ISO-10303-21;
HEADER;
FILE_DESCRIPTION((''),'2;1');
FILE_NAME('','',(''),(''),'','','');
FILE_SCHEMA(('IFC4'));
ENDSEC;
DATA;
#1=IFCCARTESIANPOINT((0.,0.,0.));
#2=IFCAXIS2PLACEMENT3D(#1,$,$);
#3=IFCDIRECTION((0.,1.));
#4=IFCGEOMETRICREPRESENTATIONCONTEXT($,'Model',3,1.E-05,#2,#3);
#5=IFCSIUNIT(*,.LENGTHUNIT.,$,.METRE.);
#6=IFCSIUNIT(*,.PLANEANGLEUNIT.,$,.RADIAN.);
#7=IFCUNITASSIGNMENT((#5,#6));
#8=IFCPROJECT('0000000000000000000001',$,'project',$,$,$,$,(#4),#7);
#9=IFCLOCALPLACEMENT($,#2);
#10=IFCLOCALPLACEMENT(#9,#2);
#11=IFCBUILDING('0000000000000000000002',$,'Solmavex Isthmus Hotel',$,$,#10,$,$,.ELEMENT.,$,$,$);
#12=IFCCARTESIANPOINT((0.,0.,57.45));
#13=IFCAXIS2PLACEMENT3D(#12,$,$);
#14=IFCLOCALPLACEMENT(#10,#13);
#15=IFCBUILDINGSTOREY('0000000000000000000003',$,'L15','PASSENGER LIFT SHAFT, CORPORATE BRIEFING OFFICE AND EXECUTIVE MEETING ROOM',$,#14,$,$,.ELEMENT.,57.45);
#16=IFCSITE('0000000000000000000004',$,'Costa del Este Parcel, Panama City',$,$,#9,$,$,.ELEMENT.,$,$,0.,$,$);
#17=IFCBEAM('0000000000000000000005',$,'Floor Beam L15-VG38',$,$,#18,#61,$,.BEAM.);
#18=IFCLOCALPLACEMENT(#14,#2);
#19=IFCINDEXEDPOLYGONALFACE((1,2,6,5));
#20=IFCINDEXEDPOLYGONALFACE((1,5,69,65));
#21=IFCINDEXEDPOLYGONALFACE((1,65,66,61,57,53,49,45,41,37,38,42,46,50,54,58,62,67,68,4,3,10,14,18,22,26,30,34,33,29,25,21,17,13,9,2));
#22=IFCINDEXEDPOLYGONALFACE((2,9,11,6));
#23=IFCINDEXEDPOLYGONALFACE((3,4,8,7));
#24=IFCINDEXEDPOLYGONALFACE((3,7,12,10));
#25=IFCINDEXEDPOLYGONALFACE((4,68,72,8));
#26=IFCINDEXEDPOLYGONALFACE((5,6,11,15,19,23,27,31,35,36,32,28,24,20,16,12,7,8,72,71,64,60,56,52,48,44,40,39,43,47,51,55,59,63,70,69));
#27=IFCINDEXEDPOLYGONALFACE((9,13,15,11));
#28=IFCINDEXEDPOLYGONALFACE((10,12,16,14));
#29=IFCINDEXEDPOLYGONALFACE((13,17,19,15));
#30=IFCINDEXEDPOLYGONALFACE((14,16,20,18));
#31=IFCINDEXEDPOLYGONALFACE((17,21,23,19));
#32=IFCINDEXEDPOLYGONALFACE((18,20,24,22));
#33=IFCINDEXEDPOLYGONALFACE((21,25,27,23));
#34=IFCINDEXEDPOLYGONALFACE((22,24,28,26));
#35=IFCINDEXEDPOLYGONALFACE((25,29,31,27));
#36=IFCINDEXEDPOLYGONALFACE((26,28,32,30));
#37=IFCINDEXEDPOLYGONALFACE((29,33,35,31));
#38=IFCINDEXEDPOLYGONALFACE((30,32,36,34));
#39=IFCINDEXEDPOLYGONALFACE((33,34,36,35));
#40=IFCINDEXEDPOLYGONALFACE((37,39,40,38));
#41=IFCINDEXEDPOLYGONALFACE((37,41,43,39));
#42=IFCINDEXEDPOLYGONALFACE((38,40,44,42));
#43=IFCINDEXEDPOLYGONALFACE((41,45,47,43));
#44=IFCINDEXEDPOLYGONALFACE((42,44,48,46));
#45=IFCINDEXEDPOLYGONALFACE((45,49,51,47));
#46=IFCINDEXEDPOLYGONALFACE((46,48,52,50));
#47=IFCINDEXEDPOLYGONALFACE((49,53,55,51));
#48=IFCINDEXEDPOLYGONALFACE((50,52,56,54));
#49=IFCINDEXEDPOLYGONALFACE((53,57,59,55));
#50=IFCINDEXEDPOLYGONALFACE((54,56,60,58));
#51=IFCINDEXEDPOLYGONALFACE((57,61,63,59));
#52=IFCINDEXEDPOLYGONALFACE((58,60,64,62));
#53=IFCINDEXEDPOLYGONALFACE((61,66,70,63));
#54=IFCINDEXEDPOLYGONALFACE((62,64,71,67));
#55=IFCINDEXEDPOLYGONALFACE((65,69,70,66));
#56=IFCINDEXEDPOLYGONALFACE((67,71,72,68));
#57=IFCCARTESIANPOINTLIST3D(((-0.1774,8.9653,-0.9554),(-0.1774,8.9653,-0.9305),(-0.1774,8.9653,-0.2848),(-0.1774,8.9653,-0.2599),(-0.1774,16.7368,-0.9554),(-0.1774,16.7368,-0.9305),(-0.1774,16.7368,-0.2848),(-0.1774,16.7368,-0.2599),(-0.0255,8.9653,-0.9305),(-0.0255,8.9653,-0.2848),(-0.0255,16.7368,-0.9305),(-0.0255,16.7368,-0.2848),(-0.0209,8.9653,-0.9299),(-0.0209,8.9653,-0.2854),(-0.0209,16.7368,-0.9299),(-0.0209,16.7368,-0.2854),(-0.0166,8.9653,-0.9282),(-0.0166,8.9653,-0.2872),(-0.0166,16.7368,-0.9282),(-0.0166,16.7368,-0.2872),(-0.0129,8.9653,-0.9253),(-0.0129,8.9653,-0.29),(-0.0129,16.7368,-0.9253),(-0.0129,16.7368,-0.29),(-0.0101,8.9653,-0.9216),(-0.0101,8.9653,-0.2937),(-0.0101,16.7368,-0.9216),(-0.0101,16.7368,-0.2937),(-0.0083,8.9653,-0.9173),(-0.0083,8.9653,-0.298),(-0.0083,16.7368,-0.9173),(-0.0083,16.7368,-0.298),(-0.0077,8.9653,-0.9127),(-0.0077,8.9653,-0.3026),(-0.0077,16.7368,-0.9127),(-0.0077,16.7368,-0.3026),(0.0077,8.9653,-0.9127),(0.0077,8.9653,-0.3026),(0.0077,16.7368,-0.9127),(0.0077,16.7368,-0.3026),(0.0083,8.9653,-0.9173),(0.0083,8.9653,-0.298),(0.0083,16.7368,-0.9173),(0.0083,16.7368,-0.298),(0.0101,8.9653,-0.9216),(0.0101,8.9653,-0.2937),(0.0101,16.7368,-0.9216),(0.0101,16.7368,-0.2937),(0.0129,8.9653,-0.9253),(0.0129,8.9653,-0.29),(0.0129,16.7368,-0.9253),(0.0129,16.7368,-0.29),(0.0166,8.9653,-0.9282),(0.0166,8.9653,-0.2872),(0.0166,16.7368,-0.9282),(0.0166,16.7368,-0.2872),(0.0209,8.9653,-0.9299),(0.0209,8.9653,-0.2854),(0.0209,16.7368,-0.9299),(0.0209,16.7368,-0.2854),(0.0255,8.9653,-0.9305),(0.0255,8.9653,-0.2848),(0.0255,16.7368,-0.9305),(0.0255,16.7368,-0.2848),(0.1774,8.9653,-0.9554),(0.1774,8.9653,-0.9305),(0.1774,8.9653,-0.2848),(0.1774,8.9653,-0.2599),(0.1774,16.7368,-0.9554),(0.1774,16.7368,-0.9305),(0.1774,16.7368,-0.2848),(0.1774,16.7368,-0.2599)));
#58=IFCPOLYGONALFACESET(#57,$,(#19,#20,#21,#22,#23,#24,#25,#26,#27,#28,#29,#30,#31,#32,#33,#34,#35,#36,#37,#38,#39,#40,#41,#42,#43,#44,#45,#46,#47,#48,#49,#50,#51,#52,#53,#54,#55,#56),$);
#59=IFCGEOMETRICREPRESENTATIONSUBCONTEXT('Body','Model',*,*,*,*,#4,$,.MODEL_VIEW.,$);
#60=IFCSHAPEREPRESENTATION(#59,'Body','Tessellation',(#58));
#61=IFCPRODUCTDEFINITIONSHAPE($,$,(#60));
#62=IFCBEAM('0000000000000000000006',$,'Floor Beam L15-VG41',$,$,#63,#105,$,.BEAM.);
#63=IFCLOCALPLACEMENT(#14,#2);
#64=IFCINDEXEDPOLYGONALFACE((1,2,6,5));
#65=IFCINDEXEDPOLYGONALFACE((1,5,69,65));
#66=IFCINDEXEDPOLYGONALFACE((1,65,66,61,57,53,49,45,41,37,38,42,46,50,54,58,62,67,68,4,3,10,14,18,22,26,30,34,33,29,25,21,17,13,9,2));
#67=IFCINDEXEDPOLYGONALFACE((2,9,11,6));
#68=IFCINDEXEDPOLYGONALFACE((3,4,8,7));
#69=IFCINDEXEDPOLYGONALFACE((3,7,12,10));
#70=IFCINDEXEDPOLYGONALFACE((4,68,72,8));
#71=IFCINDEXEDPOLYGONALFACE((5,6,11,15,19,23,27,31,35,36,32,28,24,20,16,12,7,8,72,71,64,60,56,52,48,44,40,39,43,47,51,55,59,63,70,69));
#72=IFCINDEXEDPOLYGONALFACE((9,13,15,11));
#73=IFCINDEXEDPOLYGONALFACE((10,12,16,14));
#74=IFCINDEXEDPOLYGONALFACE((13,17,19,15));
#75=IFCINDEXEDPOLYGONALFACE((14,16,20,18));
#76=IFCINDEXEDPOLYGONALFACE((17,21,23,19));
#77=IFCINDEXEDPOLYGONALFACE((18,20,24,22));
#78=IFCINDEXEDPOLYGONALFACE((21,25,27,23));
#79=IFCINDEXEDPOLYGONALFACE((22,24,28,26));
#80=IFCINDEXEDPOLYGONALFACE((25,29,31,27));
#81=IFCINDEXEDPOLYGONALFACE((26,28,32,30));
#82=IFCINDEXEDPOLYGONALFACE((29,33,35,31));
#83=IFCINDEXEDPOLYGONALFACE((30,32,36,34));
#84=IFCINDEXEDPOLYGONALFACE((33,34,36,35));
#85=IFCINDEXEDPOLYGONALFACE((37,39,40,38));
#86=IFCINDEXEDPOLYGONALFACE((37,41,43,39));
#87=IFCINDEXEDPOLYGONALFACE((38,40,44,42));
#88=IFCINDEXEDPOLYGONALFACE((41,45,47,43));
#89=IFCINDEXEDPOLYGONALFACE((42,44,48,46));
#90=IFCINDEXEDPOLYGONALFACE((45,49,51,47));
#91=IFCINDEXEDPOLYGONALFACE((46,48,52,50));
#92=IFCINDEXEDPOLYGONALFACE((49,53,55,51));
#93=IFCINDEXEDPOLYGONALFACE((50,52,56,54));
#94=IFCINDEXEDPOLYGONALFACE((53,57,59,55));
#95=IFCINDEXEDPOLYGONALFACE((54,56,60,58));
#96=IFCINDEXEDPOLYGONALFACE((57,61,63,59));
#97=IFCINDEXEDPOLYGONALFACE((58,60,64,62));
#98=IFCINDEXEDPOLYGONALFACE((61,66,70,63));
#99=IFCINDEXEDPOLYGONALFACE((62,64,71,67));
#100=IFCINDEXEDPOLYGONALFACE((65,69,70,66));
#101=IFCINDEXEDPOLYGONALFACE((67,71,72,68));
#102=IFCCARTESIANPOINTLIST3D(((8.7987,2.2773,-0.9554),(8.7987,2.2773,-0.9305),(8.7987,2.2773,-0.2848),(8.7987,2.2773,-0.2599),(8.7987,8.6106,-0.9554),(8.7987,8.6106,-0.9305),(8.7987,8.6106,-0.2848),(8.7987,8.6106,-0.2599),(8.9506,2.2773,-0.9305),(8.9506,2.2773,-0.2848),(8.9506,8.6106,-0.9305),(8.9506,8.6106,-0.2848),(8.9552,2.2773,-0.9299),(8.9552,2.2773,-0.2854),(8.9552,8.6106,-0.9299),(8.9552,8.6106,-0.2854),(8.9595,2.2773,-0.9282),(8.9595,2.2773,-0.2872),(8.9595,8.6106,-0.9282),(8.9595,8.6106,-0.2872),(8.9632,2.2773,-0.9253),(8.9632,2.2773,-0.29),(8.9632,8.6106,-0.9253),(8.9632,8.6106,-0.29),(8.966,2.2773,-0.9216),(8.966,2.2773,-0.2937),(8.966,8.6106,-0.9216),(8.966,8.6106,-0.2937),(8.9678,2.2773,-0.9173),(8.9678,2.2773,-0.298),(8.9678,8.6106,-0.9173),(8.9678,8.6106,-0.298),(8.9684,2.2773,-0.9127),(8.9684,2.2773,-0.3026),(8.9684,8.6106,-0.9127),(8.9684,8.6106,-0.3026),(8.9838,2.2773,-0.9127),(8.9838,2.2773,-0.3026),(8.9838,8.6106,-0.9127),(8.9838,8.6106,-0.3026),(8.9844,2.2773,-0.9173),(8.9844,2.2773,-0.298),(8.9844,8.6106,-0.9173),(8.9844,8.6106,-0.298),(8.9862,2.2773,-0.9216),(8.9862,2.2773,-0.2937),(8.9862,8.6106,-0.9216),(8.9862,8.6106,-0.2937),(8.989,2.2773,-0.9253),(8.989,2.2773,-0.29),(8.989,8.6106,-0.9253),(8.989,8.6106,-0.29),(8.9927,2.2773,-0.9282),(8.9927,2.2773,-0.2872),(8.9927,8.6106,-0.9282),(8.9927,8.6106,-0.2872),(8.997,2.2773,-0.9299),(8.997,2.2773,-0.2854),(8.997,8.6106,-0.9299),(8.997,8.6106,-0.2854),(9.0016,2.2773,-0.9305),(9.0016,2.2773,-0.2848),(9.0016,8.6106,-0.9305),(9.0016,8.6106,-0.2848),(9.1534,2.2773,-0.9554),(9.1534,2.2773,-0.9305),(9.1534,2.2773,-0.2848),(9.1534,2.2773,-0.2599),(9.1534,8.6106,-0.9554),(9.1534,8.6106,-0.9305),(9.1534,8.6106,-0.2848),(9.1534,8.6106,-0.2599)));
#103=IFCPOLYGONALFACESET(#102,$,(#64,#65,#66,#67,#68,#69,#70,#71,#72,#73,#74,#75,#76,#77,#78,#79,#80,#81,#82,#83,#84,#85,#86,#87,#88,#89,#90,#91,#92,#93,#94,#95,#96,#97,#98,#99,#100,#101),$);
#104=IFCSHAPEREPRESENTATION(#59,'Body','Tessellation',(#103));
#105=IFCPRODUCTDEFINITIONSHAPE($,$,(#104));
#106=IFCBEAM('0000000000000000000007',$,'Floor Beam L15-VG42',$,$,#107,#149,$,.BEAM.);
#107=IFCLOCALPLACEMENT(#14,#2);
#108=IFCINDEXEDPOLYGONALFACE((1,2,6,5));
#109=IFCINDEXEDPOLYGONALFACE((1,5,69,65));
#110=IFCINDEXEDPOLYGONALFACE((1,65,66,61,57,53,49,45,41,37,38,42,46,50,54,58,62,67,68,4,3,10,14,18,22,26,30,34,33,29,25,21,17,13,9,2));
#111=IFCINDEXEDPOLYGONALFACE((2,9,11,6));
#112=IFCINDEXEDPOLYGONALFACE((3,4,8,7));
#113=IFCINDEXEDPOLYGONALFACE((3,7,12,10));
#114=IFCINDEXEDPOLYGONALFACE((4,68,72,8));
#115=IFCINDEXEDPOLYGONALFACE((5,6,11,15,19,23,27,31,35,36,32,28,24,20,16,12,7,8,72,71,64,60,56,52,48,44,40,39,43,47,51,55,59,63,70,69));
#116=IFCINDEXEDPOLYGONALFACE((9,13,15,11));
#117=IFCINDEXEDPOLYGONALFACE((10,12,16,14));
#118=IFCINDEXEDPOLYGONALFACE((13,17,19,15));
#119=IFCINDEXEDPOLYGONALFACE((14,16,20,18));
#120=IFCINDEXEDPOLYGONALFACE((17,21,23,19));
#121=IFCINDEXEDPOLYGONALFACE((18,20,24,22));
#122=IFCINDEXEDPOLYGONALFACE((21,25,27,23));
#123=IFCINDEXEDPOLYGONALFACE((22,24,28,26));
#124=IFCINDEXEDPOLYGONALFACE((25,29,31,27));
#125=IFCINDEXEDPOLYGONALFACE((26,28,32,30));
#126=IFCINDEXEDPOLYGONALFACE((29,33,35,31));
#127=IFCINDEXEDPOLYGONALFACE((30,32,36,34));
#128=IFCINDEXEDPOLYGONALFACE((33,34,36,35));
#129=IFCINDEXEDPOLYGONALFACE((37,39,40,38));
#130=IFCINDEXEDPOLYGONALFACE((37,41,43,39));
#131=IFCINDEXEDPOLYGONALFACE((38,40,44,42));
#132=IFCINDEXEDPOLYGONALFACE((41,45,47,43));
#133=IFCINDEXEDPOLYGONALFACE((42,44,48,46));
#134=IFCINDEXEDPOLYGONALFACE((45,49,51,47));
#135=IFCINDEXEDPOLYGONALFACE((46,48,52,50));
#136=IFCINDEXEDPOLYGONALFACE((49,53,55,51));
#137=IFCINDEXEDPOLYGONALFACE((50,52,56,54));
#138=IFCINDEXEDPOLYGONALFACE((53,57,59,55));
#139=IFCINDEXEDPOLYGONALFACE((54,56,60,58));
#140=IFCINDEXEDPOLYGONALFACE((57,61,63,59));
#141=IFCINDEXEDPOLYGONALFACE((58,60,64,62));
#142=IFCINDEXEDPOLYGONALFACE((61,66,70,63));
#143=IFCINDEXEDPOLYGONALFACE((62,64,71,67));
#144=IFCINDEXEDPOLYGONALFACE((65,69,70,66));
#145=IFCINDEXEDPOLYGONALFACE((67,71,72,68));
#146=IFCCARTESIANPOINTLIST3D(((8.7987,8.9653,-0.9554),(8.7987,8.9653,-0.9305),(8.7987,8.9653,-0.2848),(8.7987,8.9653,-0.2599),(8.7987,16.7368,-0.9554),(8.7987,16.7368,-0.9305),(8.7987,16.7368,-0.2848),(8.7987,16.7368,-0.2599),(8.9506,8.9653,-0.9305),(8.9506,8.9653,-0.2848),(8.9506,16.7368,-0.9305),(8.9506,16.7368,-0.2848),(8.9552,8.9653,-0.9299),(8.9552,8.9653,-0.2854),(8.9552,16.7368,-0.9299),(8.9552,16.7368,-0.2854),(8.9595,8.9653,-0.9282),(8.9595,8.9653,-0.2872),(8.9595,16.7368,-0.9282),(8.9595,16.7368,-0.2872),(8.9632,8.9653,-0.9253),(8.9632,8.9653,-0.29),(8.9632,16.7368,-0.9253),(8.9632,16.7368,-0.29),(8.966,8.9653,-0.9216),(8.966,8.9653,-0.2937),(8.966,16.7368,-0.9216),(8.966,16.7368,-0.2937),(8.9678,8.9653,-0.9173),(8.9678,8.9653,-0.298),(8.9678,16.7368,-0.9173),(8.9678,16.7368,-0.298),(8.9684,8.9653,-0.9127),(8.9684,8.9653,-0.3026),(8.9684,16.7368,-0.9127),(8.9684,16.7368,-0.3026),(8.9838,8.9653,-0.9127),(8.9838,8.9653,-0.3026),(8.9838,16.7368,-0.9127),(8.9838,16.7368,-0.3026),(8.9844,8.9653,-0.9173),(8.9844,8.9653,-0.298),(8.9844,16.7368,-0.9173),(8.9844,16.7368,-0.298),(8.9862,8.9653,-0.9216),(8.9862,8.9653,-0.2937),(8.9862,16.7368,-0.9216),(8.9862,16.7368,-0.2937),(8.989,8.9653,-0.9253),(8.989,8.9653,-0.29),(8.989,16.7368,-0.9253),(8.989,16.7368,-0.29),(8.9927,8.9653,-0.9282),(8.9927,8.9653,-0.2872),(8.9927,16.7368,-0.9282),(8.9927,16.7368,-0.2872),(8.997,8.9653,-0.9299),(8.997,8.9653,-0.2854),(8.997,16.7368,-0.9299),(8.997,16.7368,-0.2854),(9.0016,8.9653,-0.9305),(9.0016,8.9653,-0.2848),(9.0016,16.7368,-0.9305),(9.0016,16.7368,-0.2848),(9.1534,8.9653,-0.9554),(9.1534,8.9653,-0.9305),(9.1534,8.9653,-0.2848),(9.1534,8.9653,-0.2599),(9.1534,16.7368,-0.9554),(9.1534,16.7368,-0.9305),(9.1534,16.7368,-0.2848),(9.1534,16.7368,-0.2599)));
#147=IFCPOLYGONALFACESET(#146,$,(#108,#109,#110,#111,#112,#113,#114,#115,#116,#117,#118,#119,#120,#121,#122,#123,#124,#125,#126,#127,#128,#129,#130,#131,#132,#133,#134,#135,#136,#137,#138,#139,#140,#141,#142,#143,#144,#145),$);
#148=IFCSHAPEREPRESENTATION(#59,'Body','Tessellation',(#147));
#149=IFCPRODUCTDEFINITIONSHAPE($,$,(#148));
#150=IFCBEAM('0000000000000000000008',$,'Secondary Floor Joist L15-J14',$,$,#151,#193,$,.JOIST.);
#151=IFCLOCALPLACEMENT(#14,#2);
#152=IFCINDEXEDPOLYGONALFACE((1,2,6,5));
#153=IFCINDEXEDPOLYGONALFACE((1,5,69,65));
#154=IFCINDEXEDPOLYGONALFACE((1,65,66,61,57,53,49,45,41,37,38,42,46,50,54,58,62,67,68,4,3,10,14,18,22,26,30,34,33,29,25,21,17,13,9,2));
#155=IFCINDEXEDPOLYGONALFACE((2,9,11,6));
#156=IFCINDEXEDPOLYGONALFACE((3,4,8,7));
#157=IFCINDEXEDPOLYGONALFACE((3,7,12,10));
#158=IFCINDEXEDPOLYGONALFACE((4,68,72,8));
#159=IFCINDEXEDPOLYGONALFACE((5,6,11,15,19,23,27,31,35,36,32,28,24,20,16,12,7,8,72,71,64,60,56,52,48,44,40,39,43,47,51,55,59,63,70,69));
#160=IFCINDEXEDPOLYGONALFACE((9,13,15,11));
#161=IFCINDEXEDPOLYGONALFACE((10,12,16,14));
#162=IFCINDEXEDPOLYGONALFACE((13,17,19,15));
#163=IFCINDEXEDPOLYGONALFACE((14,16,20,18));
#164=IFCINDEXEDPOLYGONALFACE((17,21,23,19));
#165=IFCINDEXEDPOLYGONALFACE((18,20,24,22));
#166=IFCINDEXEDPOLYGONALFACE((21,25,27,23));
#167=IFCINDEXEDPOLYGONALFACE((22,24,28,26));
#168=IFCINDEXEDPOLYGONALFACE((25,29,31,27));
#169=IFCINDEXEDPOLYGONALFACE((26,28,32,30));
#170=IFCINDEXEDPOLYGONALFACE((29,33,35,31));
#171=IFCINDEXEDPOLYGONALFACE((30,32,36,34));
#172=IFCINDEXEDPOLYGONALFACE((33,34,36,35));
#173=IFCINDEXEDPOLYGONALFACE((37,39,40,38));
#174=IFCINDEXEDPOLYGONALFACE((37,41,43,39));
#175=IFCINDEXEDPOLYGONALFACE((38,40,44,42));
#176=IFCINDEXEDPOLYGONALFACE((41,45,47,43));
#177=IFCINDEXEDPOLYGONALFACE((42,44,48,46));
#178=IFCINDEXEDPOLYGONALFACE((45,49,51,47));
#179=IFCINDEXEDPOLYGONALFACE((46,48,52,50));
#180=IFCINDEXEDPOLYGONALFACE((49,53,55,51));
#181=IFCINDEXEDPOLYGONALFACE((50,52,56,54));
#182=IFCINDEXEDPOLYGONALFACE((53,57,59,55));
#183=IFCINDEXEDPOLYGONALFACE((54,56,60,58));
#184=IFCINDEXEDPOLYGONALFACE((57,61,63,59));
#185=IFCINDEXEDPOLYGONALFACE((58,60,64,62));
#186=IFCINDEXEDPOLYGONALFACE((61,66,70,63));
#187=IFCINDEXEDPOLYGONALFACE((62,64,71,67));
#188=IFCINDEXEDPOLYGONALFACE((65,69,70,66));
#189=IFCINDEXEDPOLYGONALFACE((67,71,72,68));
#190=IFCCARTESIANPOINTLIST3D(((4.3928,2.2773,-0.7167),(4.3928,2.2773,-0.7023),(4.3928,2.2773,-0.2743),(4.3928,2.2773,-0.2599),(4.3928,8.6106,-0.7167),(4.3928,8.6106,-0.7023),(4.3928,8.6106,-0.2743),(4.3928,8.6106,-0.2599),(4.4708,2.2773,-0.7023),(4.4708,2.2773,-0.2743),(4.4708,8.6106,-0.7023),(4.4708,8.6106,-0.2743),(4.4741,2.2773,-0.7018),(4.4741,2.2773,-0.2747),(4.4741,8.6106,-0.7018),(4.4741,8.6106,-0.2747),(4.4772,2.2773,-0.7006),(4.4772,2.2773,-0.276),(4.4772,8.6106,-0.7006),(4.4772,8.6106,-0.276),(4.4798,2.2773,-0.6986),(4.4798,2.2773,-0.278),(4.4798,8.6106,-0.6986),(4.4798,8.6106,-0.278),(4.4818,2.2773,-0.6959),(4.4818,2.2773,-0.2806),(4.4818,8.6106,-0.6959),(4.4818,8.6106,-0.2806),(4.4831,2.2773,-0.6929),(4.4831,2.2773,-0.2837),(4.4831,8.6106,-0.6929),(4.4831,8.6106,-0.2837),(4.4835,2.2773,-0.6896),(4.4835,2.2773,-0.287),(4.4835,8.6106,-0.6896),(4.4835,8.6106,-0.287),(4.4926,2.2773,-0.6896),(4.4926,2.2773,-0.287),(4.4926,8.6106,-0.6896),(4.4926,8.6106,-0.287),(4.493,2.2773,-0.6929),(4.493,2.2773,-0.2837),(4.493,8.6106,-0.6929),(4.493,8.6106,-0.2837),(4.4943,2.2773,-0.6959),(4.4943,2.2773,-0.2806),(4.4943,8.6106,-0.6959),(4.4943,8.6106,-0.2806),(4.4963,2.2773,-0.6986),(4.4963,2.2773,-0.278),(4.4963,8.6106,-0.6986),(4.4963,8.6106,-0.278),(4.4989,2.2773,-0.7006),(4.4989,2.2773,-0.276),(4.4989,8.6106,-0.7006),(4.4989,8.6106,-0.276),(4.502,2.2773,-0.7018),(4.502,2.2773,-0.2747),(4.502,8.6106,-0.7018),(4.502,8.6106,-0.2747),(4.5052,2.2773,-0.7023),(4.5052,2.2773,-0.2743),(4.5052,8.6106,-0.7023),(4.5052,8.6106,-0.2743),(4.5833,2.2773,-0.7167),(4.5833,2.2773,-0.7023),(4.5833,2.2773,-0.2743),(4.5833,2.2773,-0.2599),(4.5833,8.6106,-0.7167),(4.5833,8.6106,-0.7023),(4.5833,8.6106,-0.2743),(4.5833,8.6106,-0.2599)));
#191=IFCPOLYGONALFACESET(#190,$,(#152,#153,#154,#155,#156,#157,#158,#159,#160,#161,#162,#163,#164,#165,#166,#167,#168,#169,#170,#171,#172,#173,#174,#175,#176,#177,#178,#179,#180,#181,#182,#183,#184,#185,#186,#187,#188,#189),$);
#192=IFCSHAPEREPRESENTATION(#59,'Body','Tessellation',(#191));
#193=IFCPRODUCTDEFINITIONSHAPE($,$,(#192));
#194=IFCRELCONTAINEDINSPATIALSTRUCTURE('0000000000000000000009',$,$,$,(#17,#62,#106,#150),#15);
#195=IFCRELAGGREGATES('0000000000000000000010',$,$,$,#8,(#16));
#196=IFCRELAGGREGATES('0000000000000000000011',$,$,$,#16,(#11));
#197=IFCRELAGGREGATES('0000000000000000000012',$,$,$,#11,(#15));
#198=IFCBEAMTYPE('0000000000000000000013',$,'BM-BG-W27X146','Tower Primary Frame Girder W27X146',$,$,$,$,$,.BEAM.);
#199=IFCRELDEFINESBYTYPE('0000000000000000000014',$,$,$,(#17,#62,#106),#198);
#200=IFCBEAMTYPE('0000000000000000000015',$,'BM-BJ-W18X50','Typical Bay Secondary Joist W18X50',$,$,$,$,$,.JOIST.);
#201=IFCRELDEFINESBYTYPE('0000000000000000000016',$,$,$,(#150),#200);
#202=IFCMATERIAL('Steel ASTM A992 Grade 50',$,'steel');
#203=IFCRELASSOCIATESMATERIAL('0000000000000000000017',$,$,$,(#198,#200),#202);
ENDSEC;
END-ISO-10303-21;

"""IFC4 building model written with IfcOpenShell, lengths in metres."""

from ifc_helpers import new_model, si_unit, direction, frame, origin, origin_2d, place, context, subcontext, project, spatial, i_section, extrude, material, material_profile, profile_set, type_object, element, save


model = new_model("IFC4")

# Units and contexts
model_context = context("Model", 3, precision=1e-05, world=origin(), true_north=direction((0.0, 1.0)))
body_context = subcontext(model_context, "Body", "Model", "MODEL_VIEW")
ifc_project = project(units=[si_unit("LENGTHUNIT", "METRE"), si_unit("PLANEANGLEUNIT", "RADIAN")], contexts=[model_context])

# Site, building, storey
site_placement = place(None, origin())
site = spatial("IfcSite", under=ifc_project, at=site_placement, Name="Costa del Este Parcel, Panama City", CompositionType="ELEMENT", RefElevation=0.0)
building_placement = place(site_placement, origin())
building = spatial("IfcBuilding", under=site, at=building_placement, Name="Solmavex Isthmus Hotel", CompositionType="ELEMENT")
storey_placement = place(building_placement, frame((0.0, 0.0, 57.45)))
storey = spatial("IfcBuildingStorey", under=building, at=storey_placement, Name="L15", Description="PASSENGER LIFT SHAFT, CORPORATE BRIEFING OFFICE AND EXECUTIVE MEETING ROOM", CompositionType="ELEMENT", Elevation=57.45)

# Beams
ifc_material_1 = material(Name="Steel ASTM A992 Grade 50", Category="steel")
ifc_material_profile_1 = material_profile(ifc_material_1, i_section(OverallWidth=0.3547, OverallDepth=0.6956, WebThickness=0.0154, FlangeThickness=0.0249, FilletRadius=0.0178, at=origin_2d()), Name="W27X146")
ifc_profile_set_1 = profile_set([ifc_material_profile_1], Name="Steel ASTM A992 Grade 50")
beam_type_1 = type_object("IfcBeamType", Name="BM-BG-W27X146", Description="Tower Primary Frame Girder W27X146", PredefinedType="BEAM", material=ifc_profile_set_1)
beam_1_placement = place(storey_placement, frame((0.0, 8.9653, -0.6077), z_axis=(0.0, 1.0, 0.0), x_axis=(-1.0, 0.0, 0.0)))
element("IfcBeam", 1, at=beam_1_placement, inside=storey, type_object=beam_type_1, Name="Floor Beam L15-VG38", PredefinedType="BEAM", context=body_context, shape_type="SweptSolid", body=[
    extrude(i_section(OverallWidth=0.3547, OverallDepth=0.6956, WebThickness=0.0154, FlangeThickness=0.0249, FilletRadius=0.0178, at=origin_2d()), origin(), (0.0, 0.0, 1.0), 7.7715),
])
beam_2_placement = place(storey_placement, frame((8.9761, 2.2773, -0.6077), z_axis=(0.0, 1.0, 0.0), x_axis=(-1.0, 0.0, 0.0)))
element("IfcBeam", 2, at=beam_2_placement, inside=storey, type_object=beam_type_1, Name="Floor Beam L15-VG41", PredefinedType="BEAM", context=body_context, shape_type="SweptSolid", body=[
    extrude(i_section(OverallWidth=0.3547, OverallDepth=0.6956, WebThickness=0.0154, FlangeThickness=0.0249, FilletRadius=0.0178, at=origin_2d()), origin(), (0.0, 0.0, 1.0), 6.3333),
])
beam_3_placement = place(storey_placement, frame((8.9761, 8.9653, -0.6077), z_axis=(0.0, 1.0, 0.0), x_axis=(-1.0, 0.0, 0.0)))
element("IfcBeam", 3, at=beam_3_placement, inside=storey, type_object=beam_type_1, Name="Floor Beam L15-VG42", PredefinedType="BEAM", context=body_context, shape_type="SweptSolid", body=[
    extrude(i_section(OverallWidth=0.3547, OverallDepth=0.6956, WebThickness=0.0154, FlangeThickness=0.0249, FilletRadius=0.0178, at=origin_2d()), origin(), (0.0, 0.0, 1.0), 7.7715),
])
ifc_material_profile_2 = material_profile(ifc_material_1, i_section(OverallWidth=0.1904, OverallDepth=0.4568, WebThickness=0.009, FlangeThickness=0.0144, FilletRadius=0.0127, at=origin_2d()), Name="W18X50")
ifc_profile_set_2 = profile_set([ifc_material_profile_2], Name="Steel ASTM A992 Grade 50")
beam_type_2 = type_object("IfcBeamType", Name="BM-BJ-W18X50", Description="Typical Bay Secondary Joist W18X50", PredefinedType="JOIST", material=ifc_profile_set_2)
beam_4_placement = place(storey_placement, frame((4.488, 2.2773, -0.4883), z_axis=(0.0, 1.0, 0.0), x_axis=(-1.0, 0.0, 0.0)))
element("IfcBeam", 4, at=beam_4_placement, inside=storey, type_object=beam_type_2, Name="Secondary Floor Joist L15-J14", PredefinedType="JOIST", context=body_context, shape_type="SweptSolid", body=[
    extrude(i_section(OverallWidth=0.1904, OverallDepth=0.4568, WebThickness=0.009, FlangeThickness=0.0144, FilletRadius=0.0127, at=origin_2d()), origin(), (0.0, 0.0, 1.0), 6.3333),
])

save(model, "model.ifc")
